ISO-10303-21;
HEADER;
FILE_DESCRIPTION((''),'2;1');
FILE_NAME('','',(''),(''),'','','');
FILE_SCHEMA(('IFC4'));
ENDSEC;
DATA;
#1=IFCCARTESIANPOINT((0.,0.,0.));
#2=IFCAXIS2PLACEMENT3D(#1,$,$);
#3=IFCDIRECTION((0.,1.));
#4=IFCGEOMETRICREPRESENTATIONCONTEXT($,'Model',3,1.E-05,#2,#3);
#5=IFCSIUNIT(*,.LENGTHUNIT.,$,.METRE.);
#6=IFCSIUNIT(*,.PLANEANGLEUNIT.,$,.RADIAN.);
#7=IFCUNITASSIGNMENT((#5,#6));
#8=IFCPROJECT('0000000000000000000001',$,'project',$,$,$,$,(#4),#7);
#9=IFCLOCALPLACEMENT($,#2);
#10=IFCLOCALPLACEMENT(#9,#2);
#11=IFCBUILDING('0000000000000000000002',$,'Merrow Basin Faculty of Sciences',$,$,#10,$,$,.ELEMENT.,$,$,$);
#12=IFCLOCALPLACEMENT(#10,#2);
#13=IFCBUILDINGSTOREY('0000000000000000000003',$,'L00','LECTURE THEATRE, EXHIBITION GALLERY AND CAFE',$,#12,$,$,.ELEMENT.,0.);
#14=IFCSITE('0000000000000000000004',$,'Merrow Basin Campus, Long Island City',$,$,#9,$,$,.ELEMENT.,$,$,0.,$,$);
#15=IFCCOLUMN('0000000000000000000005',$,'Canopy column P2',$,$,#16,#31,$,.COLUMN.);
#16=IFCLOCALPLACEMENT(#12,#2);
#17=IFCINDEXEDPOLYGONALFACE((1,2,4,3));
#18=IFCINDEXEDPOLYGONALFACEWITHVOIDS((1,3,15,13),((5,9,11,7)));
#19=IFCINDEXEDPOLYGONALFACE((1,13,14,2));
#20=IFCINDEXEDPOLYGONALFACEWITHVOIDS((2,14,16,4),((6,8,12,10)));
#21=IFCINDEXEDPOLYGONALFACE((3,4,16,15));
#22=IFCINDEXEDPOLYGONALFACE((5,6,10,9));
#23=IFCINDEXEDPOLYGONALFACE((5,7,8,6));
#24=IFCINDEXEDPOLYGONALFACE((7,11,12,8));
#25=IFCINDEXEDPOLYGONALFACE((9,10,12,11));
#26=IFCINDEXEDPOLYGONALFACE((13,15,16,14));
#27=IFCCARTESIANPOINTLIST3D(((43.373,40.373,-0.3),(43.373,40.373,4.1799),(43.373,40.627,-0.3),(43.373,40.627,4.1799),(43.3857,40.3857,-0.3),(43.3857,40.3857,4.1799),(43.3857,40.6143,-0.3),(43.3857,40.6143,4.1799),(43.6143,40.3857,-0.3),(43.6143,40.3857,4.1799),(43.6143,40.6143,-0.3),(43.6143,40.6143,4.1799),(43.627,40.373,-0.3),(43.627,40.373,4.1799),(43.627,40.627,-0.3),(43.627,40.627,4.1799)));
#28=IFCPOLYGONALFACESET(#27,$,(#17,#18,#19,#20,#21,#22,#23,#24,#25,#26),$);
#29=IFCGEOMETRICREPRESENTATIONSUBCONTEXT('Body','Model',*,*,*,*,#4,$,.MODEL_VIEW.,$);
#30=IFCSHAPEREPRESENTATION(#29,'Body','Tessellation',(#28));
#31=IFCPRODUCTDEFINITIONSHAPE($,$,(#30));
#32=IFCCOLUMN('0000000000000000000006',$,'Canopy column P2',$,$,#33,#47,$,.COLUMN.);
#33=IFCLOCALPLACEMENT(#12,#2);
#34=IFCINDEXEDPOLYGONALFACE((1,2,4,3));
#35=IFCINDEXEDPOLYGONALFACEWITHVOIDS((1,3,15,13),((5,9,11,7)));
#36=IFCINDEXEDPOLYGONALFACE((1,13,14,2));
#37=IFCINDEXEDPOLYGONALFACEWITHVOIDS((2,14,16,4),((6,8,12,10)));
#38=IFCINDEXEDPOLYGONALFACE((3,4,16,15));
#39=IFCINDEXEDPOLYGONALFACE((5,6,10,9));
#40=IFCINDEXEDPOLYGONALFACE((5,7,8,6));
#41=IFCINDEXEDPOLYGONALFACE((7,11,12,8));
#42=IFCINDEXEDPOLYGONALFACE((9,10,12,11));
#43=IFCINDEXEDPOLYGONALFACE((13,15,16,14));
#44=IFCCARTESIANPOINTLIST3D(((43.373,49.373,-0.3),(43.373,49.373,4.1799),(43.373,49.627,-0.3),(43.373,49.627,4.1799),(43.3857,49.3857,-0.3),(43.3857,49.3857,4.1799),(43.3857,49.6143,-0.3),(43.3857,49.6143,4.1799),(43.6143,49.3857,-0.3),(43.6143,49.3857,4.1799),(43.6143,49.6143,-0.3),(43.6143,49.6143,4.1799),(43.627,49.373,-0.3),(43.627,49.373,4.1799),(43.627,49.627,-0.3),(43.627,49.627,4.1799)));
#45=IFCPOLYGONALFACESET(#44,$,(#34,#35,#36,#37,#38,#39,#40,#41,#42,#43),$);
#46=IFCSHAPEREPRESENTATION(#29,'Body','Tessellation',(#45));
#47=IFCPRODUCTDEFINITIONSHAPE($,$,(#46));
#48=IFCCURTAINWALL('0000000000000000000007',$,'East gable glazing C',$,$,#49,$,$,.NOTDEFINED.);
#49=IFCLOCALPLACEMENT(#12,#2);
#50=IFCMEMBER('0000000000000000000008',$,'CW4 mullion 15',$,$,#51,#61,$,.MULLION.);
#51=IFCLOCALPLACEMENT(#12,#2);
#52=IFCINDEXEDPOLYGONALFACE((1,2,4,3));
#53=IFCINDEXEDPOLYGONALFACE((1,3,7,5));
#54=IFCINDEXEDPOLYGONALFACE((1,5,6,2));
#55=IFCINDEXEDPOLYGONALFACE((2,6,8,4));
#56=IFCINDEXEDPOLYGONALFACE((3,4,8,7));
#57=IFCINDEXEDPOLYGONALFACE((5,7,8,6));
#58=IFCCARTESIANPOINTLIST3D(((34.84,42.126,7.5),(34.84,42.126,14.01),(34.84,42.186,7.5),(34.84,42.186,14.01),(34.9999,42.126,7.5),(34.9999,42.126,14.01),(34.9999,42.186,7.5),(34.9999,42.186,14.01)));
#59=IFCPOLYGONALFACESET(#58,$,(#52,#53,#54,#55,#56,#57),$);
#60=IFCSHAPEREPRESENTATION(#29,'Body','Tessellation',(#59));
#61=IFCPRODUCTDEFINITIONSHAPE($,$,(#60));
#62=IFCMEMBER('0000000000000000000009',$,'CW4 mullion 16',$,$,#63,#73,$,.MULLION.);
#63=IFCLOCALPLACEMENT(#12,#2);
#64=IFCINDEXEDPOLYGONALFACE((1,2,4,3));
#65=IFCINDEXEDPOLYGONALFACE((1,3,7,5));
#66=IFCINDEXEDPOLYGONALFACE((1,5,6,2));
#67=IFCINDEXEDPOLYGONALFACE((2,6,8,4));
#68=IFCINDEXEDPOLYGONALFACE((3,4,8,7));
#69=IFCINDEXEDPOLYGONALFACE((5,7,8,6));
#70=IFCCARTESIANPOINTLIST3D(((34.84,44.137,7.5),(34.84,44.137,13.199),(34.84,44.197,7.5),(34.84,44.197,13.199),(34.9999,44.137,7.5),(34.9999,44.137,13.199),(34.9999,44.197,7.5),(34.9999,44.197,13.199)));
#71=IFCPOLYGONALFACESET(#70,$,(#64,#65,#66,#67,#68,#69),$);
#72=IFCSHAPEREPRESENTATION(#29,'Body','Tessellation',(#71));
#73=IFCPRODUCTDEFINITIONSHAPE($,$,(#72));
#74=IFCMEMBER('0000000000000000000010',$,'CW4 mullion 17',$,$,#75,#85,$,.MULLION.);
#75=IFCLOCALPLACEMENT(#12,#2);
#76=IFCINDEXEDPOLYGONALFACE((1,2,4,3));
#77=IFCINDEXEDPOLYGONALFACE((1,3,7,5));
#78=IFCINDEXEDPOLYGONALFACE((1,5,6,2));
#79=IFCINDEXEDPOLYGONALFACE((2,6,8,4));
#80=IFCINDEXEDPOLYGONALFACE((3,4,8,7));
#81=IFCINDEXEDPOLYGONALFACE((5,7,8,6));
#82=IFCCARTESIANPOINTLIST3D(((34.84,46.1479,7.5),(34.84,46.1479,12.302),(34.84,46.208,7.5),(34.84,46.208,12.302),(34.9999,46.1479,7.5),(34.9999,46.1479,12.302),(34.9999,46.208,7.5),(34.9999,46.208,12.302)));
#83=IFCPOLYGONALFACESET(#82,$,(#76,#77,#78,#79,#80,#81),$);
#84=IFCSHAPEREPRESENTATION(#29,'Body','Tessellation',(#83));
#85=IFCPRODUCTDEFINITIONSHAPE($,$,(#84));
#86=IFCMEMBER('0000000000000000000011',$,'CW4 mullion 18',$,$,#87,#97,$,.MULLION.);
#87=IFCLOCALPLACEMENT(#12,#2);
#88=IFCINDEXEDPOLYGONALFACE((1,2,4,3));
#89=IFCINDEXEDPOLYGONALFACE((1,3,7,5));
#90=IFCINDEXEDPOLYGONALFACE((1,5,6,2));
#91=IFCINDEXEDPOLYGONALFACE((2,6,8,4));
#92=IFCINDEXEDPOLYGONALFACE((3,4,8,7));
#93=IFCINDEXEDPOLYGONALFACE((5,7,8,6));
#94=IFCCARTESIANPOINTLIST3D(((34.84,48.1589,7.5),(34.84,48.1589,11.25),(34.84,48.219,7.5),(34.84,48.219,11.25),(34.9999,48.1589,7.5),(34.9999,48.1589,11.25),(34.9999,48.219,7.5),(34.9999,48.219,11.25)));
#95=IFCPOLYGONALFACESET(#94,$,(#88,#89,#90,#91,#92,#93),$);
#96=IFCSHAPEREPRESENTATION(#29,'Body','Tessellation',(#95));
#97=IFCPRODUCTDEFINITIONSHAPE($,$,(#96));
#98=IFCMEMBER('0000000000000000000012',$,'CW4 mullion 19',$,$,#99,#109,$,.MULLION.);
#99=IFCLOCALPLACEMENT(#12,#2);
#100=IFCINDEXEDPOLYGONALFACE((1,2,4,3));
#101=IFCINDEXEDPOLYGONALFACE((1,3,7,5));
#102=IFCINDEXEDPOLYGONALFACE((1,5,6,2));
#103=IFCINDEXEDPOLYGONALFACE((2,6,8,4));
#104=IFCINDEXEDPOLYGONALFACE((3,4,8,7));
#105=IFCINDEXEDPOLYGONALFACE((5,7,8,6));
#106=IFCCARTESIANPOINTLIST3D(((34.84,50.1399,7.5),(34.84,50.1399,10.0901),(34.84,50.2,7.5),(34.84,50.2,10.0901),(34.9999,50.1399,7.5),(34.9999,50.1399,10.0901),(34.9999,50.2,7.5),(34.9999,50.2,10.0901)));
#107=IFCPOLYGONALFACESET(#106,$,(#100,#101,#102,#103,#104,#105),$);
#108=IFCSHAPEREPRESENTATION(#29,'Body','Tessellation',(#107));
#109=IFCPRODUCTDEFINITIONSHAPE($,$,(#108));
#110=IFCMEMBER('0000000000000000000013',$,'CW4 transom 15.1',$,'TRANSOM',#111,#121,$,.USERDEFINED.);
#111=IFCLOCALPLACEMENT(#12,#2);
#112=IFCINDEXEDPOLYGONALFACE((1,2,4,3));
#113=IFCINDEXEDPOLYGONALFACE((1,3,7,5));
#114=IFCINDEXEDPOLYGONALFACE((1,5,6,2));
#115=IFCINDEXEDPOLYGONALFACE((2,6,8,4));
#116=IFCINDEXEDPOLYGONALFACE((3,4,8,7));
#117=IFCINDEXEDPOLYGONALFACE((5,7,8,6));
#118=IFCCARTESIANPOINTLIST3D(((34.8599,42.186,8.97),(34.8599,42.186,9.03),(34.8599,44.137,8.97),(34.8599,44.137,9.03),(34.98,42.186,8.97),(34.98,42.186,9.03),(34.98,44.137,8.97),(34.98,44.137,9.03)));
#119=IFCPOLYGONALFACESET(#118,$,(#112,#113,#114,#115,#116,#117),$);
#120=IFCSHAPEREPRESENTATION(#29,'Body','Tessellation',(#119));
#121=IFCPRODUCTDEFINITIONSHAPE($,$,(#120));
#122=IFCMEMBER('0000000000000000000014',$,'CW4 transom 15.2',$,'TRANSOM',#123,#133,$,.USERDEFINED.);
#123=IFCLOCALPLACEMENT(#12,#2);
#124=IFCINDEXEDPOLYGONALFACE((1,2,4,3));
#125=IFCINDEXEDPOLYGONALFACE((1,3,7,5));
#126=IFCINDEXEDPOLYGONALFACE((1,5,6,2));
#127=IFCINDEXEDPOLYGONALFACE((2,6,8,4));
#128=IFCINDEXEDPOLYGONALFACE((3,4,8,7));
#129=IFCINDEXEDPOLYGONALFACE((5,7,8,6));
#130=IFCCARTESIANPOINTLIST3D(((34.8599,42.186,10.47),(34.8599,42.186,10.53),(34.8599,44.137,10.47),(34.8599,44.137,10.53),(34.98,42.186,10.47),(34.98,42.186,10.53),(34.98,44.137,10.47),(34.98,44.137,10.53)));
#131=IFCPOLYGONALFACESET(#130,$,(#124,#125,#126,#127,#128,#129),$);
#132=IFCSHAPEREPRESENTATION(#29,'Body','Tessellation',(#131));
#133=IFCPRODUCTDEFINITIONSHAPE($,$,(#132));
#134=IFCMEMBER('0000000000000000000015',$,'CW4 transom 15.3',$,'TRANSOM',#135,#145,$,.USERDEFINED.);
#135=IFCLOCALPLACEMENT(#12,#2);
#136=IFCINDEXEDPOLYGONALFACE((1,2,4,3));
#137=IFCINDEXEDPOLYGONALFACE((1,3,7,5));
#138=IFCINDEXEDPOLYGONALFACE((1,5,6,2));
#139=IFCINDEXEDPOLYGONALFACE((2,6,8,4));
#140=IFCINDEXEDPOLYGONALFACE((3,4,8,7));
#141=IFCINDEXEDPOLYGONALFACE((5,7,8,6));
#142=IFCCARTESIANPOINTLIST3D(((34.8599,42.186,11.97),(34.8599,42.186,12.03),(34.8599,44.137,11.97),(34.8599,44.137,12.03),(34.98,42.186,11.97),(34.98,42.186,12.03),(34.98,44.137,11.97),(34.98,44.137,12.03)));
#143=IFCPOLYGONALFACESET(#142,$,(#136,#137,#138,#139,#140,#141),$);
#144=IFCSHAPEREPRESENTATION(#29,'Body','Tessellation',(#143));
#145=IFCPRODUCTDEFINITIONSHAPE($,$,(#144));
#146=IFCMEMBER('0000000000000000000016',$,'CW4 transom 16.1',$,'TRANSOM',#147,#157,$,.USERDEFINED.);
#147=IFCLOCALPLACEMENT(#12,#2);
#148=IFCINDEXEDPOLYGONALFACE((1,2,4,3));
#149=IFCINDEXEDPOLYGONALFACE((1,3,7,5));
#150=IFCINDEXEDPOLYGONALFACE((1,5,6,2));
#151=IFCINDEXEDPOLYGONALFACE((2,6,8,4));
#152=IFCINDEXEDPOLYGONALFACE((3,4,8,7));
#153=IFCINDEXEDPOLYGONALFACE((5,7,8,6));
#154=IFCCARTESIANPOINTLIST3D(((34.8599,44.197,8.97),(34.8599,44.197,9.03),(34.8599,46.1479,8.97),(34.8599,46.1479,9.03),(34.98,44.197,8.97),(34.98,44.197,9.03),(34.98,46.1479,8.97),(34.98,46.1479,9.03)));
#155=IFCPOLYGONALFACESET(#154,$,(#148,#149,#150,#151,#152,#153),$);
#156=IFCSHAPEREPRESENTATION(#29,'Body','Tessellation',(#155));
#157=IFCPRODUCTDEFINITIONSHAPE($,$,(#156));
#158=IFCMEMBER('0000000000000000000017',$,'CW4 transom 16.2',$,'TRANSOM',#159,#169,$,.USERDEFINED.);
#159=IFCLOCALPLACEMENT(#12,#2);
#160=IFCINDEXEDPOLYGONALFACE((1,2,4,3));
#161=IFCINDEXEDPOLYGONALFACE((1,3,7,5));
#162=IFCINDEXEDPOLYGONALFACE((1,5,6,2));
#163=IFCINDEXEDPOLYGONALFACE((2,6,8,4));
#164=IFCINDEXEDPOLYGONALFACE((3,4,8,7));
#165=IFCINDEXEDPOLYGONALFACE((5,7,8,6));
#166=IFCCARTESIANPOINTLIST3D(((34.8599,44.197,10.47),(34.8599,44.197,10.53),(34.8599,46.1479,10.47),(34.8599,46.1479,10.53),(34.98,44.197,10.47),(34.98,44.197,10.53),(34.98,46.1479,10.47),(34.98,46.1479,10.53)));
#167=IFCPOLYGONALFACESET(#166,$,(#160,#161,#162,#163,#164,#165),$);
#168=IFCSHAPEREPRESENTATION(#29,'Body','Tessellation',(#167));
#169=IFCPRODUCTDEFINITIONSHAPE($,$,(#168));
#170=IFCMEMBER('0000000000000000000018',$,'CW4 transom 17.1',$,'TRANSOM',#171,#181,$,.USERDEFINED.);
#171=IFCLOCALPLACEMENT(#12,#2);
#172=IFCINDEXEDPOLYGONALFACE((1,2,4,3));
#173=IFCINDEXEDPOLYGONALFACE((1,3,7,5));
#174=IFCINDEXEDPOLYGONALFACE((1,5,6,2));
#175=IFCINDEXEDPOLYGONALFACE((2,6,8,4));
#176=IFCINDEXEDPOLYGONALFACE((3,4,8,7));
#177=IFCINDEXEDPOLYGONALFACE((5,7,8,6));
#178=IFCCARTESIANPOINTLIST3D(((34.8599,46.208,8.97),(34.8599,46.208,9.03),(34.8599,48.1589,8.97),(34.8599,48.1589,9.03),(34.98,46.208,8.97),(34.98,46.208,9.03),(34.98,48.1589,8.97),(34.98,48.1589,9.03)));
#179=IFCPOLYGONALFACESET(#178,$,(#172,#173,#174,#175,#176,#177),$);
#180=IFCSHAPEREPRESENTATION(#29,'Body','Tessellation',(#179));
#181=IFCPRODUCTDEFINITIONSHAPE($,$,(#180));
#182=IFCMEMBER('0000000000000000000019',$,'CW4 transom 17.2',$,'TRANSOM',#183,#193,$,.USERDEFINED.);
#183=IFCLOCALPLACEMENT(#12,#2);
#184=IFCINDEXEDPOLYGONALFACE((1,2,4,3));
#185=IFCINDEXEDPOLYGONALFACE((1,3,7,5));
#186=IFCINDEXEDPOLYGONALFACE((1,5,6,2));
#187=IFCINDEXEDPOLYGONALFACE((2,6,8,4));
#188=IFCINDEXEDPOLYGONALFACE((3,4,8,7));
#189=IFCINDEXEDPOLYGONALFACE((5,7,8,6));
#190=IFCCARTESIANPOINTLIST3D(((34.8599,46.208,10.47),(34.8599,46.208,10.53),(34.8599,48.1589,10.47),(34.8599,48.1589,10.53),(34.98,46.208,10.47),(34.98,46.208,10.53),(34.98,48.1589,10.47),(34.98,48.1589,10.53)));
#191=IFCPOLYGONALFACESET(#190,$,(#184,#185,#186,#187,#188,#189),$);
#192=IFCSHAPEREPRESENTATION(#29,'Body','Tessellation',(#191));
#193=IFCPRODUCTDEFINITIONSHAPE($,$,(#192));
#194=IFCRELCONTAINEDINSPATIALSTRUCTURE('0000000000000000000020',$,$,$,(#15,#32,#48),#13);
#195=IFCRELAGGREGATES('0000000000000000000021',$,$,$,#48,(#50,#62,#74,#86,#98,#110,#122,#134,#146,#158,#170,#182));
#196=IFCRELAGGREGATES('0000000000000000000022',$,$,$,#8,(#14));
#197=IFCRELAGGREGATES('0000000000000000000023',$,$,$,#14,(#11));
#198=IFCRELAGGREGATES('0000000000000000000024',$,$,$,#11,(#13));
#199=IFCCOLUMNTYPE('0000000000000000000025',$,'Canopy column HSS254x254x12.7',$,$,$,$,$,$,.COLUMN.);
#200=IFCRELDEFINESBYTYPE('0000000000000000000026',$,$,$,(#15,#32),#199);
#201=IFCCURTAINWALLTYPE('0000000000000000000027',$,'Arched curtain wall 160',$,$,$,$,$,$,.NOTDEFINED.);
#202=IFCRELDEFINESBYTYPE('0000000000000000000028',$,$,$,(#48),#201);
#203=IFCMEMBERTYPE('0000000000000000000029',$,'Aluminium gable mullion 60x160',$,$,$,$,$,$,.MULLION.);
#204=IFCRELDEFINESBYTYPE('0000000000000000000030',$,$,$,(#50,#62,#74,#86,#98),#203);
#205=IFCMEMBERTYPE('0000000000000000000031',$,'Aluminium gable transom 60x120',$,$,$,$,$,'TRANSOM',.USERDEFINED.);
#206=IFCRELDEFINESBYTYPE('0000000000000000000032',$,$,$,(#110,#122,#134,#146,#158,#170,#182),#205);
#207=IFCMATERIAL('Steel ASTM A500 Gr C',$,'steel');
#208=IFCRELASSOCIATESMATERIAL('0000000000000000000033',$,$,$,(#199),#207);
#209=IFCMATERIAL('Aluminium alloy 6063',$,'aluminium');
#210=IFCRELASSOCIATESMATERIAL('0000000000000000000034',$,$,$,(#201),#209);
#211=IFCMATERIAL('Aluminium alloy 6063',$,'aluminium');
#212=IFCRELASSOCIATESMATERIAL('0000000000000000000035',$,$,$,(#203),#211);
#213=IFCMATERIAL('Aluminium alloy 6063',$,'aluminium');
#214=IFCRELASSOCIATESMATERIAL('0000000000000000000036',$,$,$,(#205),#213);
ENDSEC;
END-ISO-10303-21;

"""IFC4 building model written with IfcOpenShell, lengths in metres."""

from ifc_helpers import new_model, si_unit, direction, frame, origin, origin_2d, place, context, subcontext, project, spatial, rectangle, hollow_rectangle, extrude, material, material_profile, profile_set, type_object, element, aggregate, save


model = new_model("IFC4")

# Units and contexts
model_context = context("Model", 3, precision=1e-05, world=origin(), true_north=direction((0.0, 1.0)))
body_context = subcontext(model_context, "Body", "Model", "MODEL_VIEW")
ifc_project = project(units=[si_unit("LENGTHUNIT", "METRE"), si_unit("PLANEANGLEUNIT", "RADIAN")], contexts=[model_context])

# Site, building, storey
site_placement = place(None, origin())
site = spatial("IfcSite", under=ifc_project, at=site_placement, Name="Merrow Basin Campus, Long Island City", CompositionType="ELEMENT", RefElevation=0.0)
building_placement = place(site_placement, origin())
building = spatial("IfcBuilding", under=site, at=building_placement, Name="Merrow Basin Faculty of Sciences", CompositionType="ELEMENT")
storey_placement = place(building_placement, origin())
storey = spatial("IfcBuildingStorey", under=building, at=storey_placement, Name="L00", Description="LECTURE THEATRE, EXHIBITION GALLERY AND CAFE", CompositionType="ELEMENT", Elevation=0.0)

# Columns
ifc_material_1 = material(Name="Steel ASTM A500 Gr C", Category="steel")
ifc_material_profile_1 = material_profile(ifc_material_1, hollow_rectangle(XDim=0.2539, YDim=0.2539, WallThickness=0.0127, at=origin_2d()))
ifc_profile_set_1 = profile_set([ifc_material_profile_1], Name="Steel ASTM A500 Gr C")
column_type = type_object("IfcColumnType", Name="Canopy column HSS254x254x12.7", PredefinedType="COLUMN", material=ifc_profile_set_1)
for number, where, z_axis, x_axis, name in (
    (1, (43.5, 40.5, -0.3), (0.0, 0.0, 1.0), (1.0, 0.0, 0.0), "Canopy column P2"),
    (2, (43.5, 49.5, -0.3), (0.0, 0.0, 1.0), (1.0, 0.0, 0.0), "Canopy column P2"),
):
    element("IfcColumn", number, at=place(storey_placement, frame(where, z_axis=z_axis, x_axis=x_axis)), inside=storey, type_object=column_type, Name=name, PredefinedType="COLUMN", context=body_context, shape_type="SweptSolid", body=[
        extrude(hollow_rectangle(XDim=0.2539, YDim=0.2539, WallThickness=0.0127, at=origin_2d()), origin(), (0.0, 0.0, 1.0), 4.48),
    ])

# Curtain wall, members
ifc_material_2 = material(Name="Aluminium alloy 6063", Category="aluminium")
curtain_wall_type = type_object("IfcCurtainWallType", Name="Arched curtain wall 160", PredefinedType="NOTDEFINED", material=ifc_material_2)
curtain_wall_placement = place(storey_placement, origin())
curtain_wall = element("IfcCurtainWall", 3, at=curtain_wall_placement, inside=storey, type_object=curtain_wall_type, Name="East gable glazing C", PredefinedType="NOTDEFINED")
ifc_material_3 = material(Name="Aluminium alloy 6063", Category="aluminium")
ifc_material_profile_2 = material_profile(ifc_material_3, rectangle(XDim=0.1599, YDim=0.0601, at=origin_2d()))
ifc_profile_set_2 = profile_set([ifc_material_profile_2], Name="Aluminium alloy 6063")
member_type_1 = type_object("IfcMemberType", Name="Aluminium gable mullion 60x160", PredefinedType="MULLION", material=ifc_profile_set_2)
member_1_placement = place(storey_placement, frame((34.9199, 42.156, 7.5), z_axis=(0.0, 0.0, 1.0), x_axis=(1.0, 0.0, 0.0)))
member_1 = element("IfcMember", 4, at=member_1_placement, type_object=member_type_1, Name="CW4 mullion 15", PredefinedType="MULLION", context=body_context, shape_type="SweptSolid", body=[
    extrude(rectangle(XDim=0.1599, YDim=0.0601, at=origin_2d()), origin(), (0.0, 0.0, 1.0), 6.51),
])
member_2_placement = place(storey_placement, frame((34.9199, 44.167, 7.5), z_axis=(0.0, 0.0, 1.0), x_axis=(1.0, 0.0, 0.0)))
member_2 = element("IfcMember", 5, at=member_2_placement, type_object=member_type_1, Name="CW4 mullion 16", PredefinedType="MULLION", context=body_context, shape_type="SweptSolid", body=[
    extrude(rectangle(XDim=0.1599, YDim=0.0601, at=origin_2d()), origin(), (0.0, 0.0, 1.0), 5.699),
])
member_3_placement = place(storey_placement, frame((34.9199, 46.178, 7.5), z_axis=(0.0, 0.0, 1.0), x_axis=(1.0, 0.0, 0.0)))
member_3 = element("IfcMember", 6, at=member_3_placement, type_object=member_type_1, Name="CW4 mullion 17", PredefinedType="MULLION", context=body_context, shape_type="SweptSolid", body=[
    extrude(rectangle(XDim=0.1599, YDim=0.0601, at=origin_2d()), origin(), (0.0, 0.0, 1.0), 4.802),
])
member_4_placement = place(storey_placement, frame((34.9199, 48.189, 7.5), z_axis=(0.0, 0.0, 1.0), x_axis=(1.0, 0.0, 0.0)))
member_4 = element("IfcMember", 7, at=member_4_placement, type_object=member_type_1, Name="CW4 mullion 18", PredefinedType="MULLION", context=body_context, shape_type="SweptSolid", body=[
    extrude(rectangle(XDim=0.1599, YDim=0.0601, at=origin_2d()), origin(), (0.0, 0.0, 1.0), 3.75),
])
member_5_placement = place(storey_placement, frame((34.9199, 50.1699, 7.5), z_axis=(0.0, 0.0, 1.0), x_axis=(1.0, 0.0, 0.0)))
member_5 = element("IfcMember", 8, at=member_5_placement, type_object=member_type_1, Name="CW4 mullion 19", PredefinedType="MULLION", context=body_context, shape_type="SweptSolid", body=[
    extrude(rectangle(XDim=0.1599, YDim=0.0601, at=origin_2d()), origin(), (0.0, 0.0, 1.0), 2.5901),
])
ifc_material_4 = material(Name="Aluminium alloy 6063", Category="aluminium")
ifc_material_profile_3 = material_profile(ifc_material_4, rectangle(XDim=0.1201, YDim=0.0601, at=origin_2d()))
ifc_profile_set_3 = profile_set([ifc_material_profile_3], Name="Aluminium alloy 6063")
member_type_2 = type_object("IfcMemberType", Name="Aluminium gable transom 60x120", ElementType="TRANSOM", PredefinedType="USERDEFINED", material=ifc_profile_set_3)
member_6_placement = place(storey_placement, frame((34.9199, 42.186, 9.0), z_axis=(0.0, 1.0, 0.0), x_axis=(-1.0, 0.0, 0.0)))
member_6 = element("IfcMember", 9, at=member_6_placement, type_object=member_type_2, Name="CW4 transom 15.1", ObjectType="TRANSOM", PredefinedType="USERDEFINED", context=body_context, shape_type="SweptSolid", body=[
    extrude(rectangle(XDim=0.1201, YDim=0.0601, at=origin_2d()), origin(), (0.0, 0.0, 1.0), 1.9509),
])
member_7_placement = place(storey_placement, frame((34.9199, 42.186, 10.5), z_axis=(0.0, 1.0, 0.0), x_axis=(-1.0, 0.0, 0.0)))
member_7 = element("IfcMember", 10, at=member_7_placement, type_object=member_type_2, Name="CW4 transom 15.2", ObjectType="TRANSOM", PredefinedType="USERDEFINED", context=body_context, shape_type="SweptSolid", body=[
    extrude(rectangle(XDim=0.1201, YDim=0.0601, at=origin_2d()), origin(), (0.0, 0.0, 1.0), 1.9509),
])
member_8_placement = place(storey_placement, frame((34.9199, 42.186, 12.0), z_axis=(0.0, 1.0, 0.0), x_axis=(-1.0, 0.0, 0.0)))
member_8 = element("IfcMember", 11, at=member_8_placement, type_object=member_type_2, Name="CW4 transom 15.3", ObjectType="TRANSOM", PredefinedType="USERDEFINED", context=body_context, shape_type="SweptSolid", body=[
    extrude(rectangle(XDim=0.1201, YDim=0.0601, at=origin_2d()), origin(), (0.0, 0.0, 1.0), 1.9509),
])
member_9_placement = place(storey_placement, frame((34.9199, 44.197, 9.0), z_axis=(0.0, 1.0, 0.0), x_axis=(-1.0, 0.0, 0.0)))
member_9 = element("IfcMember", 12, at=member_9_placement, type_object=member_type_2, Name="CW4 transom 16.1", ObjectType="TRANSOM", PredefinedType="USERDEFINED", context=body_context, shape_type="SweptSolid", body=[
    extrude(rectangle(XDim=0.1201, YDim=0.0601, at=origin_2d()), origin(), (0.0, 0.0, 1.0), 1.9509),
])
member_10_placement = place(storey_placement, frame((34.9199, 44.197, 10.5), z_axis=(0.0, 1.0, 0.0), x_axis=(-1.0, 0.0, 0.0)))
member_10 = element("IfcMember", 13, at=member_10_placement, type_object=member_type_2, Name="CW4 transom 16.2", ObjectType="TRANSOM", PredefinedType="USERDEFINED", context=body_context, shape_type="SweptSolid", body=[
    extrude(rectangle(XDim=0.1201, YDim=0.0601, at=origin_2d()), origin(), (0.0, 0.0, 1.0), 1.9509),
])
member_11_placement = place(storey_placement, frame((34.9199, 46.208, 9.0), z_axis=(0.0, 1.0, 0.0), x_axis=(-1.0, 0.0, 0.0)))
member_11 = element("IfcMember", 14, at=member_11_placement, type_object=member_type_2, Name="CW4 transom 17.1", ObjectType="TRANSOM", PredefinedType="USERDEFINED", context=body_context, shape_type="SweptSolid", body=[
    extrude(rectangle(XDim=0.1201, YDim=0.0601, at=origin_2d()), origin(), (0.0, 0.0, 1.0), 1.9509),
])
member_12_placement = place(storey_placement, frame((34.9199, 46.208, 10.5), z_axis=(0.0, 1.0, 0.0), x_axis=(-1.0, 0.0, 0.0)))
member_12 = element("IfcMember", 15, at=member_12_placement, type_object=member_type_2, Name="CW4 transom 17.2", ObjectType="TRANSOM", PredefinedType="USERDEFINED", context=body_context, shape_type="SweptSolid", body=[
    extrude(rectangle(XDim=0.1201, YDim=0.0601, at=origin_2d()), origin(), (0.0, 0.0, 1.0), 1.9509),
])

aggregate(curtain_wall, [member_1, member_2, member_3, member_4, member_5, member_6, member_7, member_8, member_9, member_10, member_11, member_12])

save(model, "model.ifc")
